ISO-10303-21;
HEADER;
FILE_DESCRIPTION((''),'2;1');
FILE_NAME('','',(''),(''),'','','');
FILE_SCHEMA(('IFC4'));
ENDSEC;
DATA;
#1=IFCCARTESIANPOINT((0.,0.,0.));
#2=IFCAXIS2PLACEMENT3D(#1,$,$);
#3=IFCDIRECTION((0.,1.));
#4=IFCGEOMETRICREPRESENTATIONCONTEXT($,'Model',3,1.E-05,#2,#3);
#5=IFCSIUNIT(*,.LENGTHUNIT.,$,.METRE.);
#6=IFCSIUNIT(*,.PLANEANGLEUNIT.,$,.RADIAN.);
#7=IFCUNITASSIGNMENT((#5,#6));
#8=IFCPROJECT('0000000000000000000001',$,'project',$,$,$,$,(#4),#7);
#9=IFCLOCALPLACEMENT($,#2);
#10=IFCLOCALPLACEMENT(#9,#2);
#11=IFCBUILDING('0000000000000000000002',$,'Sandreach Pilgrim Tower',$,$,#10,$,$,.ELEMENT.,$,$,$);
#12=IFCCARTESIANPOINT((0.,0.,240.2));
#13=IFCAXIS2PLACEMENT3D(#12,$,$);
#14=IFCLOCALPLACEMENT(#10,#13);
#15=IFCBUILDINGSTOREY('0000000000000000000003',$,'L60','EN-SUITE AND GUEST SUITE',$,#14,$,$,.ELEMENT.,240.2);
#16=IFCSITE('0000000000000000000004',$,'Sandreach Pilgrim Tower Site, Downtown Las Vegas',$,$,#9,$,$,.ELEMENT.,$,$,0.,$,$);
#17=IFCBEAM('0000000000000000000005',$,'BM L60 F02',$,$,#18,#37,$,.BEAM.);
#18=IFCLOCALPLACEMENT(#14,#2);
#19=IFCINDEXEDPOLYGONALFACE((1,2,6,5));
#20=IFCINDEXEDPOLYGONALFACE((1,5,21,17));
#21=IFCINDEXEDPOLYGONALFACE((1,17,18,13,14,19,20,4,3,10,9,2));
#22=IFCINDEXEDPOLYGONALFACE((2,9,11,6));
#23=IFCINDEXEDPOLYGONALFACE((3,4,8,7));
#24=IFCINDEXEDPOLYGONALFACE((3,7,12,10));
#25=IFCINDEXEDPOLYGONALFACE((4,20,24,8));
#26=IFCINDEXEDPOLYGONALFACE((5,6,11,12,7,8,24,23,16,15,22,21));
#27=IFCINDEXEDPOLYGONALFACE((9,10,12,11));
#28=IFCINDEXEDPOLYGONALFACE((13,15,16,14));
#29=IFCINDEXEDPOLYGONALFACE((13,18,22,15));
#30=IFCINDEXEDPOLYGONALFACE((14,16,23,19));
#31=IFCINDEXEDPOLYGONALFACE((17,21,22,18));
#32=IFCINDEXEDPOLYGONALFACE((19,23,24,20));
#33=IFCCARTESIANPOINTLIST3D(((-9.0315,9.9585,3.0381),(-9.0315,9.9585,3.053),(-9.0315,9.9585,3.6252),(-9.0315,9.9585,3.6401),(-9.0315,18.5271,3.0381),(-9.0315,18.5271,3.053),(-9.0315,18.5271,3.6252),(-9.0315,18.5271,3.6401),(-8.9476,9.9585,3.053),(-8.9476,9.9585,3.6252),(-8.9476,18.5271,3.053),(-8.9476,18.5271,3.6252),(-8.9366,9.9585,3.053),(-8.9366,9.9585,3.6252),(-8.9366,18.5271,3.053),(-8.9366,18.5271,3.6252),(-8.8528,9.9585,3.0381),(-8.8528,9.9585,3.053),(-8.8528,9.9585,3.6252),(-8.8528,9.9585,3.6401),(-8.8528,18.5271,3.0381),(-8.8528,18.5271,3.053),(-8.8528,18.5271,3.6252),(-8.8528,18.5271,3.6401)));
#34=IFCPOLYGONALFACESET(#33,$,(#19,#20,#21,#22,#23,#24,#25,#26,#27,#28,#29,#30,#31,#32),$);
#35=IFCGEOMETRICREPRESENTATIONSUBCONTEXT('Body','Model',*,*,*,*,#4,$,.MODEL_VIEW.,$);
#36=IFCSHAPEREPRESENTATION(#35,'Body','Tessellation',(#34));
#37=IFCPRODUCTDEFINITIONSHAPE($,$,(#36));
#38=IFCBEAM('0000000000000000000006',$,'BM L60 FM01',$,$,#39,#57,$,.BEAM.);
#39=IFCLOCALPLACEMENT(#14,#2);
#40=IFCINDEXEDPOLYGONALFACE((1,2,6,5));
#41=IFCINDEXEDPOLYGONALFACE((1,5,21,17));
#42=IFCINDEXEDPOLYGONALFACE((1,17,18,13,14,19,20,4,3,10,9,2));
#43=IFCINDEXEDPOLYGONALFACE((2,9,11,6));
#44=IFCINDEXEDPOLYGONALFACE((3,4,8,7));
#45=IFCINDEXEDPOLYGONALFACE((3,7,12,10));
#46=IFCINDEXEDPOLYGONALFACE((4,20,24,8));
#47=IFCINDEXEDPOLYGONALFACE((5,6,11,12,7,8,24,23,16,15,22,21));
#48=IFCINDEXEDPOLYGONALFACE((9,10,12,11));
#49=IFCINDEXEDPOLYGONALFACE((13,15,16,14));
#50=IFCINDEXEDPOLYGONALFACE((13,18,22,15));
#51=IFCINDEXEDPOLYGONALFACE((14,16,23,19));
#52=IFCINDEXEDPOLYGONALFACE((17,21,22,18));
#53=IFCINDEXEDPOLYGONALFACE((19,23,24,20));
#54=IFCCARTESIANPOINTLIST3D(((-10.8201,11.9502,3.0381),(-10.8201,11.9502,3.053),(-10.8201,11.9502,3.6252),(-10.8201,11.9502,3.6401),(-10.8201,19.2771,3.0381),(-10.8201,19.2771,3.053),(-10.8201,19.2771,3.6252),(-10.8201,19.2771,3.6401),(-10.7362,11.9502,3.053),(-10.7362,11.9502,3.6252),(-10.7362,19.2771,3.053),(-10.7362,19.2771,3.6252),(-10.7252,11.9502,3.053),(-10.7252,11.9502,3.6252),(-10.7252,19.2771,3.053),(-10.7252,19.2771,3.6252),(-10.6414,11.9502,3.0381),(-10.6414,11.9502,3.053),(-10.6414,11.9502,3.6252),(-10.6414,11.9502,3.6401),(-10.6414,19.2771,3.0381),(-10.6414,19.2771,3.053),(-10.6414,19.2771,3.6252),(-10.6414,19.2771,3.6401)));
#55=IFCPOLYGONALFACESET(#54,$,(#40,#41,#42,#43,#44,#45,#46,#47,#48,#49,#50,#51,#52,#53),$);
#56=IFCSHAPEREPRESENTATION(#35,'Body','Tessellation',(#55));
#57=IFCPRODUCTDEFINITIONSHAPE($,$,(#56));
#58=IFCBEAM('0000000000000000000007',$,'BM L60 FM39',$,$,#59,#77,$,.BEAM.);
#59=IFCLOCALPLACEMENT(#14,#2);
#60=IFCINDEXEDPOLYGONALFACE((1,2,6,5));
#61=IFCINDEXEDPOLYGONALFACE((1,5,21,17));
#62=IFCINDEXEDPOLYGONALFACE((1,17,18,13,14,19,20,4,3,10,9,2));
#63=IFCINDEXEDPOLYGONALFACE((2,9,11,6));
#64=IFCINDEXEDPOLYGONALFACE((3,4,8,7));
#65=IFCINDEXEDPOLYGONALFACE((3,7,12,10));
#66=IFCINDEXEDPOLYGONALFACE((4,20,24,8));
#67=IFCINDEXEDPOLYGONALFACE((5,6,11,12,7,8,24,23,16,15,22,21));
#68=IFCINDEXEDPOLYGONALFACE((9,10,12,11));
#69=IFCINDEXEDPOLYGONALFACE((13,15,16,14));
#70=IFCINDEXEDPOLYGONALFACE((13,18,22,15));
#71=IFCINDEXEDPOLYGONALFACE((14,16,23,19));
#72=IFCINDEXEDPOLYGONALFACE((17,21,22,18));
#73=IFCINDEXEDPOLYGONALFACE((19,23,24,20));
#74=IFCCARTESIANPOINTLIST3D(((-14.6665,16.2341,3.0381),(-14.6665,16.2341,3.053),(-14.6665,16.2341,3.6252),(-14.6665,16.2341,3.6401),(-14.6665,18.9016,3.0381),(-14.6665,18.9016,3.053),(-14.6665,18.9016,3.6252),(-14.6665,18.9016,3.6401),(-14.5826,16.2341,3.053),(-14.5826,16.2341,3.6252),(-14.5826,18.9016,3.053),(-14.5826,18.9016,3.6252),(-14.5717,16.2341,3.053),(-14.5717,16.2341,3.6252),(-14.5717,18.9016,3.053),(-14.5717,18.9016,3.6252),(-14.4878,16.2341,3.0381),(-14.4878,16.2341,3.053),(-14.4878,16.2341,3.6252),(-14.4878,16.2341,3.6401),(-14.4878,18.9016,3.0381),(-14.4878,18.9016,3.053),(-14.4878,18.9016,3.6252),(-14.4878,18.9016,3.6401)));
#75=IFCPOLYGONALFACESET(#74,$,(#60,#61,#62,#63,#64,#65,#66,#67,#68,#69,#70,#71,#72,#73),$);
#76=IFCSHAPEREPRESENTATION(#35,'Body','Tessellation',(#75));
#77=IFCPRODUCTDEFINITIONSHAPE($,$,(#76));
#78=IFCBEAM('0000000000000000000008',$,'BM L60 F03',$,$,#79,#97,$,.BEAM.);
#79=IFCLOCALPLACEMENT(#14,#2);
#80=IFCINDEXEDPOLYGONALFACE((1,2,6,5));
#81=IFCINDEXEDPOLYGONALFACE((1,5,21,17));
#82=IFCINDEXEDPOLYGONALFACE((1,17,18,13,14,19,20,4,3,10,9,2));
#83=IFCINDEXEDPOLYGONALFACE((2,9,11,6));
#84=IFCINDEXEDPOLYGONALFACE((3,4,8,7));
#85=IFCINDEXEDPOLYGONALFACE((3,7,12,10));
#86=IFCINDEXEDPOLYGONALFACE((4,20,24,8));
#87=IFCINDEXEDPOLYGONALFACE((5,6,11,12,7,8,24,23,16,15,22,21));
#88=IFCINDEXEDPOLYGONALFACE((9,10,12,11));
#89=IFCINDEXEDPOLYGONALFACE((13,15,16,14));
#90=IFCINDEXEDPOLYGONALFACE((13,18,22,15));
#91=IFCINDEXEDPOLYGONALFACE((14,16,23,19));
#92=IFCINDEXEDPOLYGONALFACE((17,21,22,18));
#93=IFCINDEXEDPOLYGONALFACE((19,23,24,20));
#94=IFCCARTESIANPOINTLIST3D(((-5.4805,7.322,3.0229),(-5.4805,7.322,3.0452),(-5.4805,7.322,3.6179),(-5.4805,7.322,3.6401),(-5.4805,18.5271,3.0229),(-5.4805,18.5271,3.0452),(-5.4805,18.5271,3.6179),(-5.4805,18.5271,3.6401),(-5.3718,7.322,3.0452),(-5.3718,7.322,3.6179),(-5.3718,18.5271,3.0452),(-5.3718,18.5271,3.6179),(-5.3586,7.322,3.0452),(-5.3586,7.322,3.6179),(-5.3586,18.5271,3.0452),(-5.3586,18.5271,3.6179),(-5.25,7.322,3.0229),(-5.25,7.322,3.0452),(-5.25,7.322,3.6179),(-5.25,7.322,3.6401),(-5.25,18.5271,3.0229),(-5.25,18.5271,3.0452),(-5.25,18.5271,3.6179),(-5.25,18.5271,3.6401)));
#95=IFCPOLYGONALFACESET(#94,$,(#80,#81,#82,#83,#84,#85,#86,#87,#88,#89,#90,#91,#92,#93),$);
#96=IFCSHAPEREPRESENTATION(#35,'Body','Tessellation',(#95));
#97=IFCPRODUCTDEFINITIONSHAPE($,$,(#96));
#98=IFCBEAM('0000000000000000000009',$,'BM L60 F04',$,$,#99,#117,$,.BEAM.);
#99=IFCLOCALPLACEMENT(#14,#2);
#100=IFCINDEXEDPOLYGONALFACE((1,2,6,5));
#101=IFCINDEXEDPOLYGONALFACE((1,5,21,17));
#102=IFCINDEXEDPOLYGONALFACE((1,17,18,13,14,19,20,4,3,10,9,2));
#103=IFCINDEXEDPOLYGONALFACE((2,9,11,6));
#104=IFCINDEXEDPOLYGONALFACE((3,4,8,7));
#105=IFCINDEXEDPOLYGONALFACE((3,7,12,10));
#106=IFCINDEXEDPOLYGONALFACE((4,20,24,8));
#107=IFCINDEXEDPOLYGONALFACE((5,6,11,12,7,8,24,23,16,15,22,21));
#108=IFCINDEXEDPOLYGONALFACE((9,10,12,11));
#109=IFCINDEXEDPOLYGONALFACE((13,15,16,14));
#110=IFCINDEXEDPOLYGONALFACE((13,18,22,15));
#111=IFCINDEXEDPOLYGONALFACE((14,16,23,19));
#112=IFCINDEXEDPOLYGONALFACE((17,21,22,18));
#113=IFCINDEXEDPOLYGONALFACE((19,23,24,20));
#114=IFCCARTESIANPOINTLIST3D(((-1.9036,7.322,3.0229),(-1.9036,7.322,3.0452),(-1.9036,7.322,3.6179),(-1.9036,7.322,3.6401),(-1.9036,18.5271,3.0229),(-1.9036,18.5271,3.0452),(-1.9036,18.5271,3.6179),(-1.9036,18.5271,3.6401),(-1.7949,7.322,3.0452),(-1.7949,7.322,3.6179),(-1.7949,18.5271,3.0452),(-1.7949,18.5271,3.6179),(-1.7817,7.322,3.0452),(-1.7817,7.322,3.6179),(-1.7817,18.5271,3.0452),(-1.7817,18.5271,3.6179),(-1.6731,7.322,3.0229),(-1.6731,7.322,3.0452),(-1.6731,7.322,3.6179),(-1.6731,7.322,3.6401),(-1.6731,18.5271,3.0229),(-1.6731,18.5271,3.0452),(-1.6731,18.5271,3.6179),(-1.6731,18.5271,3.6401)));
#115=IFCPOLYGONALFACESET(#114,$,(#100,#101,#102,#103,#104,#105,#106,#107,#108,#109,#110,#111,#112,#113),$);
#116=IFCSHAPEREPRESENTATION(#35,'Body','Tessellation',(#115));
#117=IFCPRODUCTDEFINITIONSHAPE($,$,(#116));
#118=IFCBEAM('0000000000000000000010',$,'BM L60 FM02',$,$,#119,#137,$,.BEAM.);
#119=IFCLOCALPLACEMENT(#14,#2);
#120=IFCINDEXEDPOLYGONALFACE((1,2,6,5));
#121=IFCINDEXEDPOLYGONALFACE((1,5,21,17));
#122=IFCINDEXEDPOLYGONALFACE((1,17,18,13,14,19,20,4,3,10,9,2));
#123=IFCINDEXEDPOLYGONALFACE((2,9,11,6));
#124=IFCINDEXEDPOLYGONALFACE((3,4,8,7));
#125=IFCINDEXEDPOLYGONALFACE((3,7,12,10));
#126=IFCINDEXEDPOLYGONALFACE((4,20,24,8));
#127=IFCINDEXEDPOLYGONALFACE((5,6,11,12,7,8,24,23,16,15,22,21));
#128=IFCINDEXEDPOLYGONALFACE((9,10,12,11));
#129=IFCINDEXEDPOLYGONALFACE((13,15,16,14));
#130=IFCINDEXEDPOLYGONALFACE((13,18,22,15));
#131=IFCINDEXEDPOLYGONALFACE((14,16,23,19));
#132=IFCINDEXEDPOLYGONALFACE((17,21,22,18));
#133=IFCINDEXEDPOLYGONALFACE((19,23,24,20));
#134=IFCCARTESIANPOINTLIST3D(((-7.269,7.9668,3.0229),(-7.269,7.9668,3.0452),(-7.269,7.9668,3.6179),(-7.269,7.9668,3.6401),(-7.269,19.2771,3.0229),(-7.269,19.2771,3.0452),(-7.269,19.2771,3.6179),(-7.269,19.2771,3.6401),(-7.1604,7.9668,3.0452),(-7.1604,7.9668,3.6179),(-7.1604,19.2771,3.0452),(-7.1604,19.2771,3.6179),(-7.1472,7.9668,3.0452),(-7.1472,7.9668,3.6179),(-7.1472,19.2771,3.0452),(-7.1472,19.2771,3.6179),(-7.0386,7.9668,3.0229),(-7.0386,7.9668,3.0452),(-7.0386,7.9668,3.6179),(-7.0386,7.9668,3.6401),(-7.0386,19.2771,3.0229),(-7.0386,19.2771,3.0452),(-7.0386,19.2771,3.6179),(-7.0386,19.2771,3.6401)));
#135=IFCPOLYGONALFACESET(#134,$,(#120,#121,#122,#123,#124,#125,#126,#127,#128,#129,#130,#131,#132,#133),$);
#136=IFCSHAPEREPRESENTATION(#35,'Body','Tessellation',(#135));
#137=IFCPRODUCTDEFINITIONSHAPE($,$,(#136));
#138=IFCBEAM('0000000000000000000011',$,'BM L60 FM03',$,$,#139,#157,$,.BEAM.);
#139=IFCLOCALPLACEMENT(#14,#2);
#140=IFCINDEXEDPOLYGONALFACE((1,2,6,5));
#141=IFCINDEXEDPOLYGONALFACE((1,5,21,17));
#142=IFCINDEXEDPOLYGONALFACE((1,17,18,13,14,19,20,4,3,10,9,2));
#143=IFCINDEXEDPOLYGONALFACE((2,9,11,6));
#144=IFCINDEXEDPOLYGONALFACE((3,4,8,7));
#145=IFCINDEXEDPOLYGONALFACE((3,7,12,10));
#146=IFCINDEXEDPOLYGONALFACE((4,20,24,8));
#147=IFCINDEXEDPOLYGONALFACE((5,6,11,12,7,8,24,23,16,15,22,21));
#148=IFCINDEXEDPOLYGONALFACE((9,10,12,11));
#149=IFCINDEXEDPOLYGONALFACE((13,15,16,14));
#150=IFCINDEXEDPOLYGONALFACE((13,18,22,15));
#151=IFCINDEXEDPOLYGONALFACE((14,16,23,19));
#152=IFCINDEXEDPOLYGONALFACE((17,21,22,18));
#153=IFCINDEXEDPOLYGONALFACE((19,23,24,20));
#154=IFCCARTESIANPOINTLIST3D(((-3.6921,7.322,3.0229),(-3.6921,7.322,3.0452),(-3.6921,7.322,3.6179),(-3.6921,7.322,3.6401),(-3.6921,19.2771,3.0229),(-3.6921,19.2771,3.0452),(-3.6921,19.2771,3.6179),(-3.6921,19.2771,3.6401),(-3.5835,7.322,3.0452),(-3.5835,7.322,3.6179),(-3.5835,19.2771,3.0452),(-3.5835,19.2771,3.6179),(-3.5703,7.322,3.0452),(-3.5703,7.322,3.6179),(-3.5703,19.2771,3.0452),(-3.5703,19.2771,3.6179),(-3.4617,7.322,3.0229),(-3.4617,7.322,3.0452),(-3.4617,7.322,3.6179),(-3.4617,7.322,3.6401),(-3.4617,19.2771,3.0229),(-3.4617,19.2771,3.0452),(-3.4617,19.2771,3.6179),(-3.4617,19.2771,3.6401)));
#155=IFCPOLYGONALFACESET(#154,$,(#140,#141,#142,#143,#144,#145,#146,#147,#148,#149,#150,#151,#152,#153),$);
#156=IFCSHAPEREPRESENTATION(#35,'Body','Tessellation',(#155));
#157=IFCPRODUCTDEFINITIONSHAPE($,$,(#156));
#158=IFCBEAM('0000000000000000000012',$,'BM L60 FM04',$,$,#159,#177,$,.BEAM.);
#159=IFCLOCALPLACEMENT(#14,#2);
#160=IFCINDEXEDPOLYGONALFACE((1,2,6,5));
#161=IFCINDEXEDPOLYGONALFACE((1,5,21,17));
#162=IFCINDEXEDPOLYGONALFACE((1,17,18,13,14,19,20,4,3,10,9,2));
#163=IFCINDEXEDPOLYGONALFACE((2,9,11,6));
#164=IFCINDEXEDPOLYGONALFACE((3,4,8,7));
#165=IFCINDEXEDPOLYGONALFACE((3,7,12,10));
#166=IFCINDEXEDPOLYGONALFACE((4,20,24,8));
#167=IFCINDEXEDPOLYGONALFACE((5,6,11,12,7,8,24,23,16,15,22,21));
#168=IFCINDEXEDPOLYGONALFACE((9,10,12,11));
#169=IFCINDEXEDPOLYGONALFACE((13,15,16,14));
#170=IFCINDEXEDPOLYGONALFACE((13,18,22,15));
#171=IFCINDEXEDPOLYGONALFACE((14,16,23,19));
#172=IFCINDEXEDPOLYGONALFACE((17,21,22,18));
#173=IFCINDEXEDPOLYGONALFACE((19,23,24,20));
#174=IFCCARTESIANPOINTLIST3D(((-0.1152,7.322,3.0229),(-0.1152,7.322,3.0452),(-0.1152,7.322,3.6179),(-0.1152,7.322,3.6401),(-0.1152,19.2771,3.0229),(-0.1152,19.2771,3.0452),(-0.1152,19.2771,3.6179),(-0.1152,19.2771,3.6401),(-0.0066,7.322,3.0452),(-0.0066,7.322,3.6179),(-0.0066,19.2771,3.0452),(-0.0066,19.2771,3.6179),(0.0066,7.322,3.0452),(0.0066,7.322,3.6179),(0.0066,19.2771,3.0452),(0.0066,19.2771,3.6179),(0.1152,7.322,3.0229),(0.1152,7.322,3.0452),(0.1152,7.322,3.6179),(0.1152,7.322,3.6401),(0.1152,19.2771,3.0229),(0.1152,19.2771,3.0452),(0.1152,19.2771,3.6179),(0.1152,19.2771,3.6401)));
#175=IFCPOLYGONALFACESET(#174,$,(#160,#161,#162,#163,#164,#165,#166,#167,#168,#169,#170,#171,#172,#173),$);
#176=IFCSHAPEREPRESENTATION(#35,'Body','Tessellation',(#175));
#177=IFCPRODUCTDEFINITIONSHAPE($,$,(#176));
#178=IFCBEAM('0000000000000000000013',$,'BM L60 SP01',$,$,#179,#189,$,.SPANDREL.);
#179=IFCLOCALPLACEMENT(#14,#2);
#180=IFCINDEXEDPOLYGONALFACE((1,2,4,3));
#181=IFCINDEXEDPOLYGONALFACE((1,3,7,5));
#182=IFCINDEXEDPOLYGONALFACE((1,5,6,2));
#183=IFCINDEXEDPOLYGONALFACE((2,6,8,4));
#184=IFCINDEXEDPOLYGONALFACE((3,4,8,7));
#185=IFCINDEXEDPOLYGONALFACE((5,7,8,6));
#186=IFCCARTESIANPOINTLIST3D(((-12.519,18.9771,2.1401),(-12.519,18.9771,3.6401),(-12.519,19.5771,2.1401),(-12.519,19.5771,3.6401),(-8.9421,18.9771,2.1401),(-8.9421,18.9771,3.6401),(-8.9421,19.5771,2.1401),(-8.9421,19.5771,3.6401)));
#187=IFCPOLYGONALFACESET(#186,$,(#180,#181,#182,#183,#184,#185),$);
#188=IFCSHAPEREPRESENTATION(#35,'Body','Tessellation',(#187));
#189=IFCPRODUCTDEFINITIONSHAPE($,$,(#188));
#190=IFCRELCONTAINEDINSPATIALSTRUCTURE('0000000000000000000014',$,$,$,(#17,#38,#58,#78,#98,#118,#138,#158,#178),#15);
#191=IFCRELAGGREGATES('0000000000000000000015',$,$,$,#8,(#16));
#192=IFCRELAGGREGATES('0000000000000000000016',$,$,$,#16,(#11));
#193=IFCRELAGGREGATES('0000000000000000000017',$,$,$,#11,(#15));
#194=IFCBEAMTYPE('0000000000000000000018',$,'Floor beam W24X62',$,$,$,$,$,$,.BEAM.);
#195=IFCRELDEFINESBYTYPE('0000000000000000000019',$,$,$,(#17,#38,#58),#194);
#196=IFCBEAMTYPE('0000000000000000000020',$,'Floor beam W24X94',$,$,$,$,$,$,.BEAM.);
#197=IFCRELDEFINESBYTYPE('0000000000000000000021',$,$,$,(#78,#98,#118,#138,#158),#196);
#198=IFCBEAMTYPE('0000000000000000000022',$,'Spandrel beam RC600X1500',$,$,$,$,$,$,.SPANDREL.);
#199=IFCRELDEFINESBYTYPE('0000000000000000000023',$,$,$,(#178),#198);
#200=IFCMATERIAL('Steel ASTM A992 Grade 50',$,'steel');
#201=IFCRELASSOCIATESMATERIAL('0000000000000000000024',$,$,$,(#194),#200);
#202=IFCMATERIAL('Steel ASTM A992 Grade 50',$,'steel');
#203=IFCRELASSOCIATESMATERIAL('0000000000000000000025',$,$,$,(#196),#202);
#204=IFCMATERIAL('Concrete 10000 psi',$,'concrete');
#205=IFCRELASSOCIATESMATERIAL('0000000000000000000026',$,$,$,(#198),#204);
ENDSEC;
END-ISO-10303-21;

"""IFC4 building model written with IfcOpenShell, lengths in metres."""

from ifc_helpers import new_model, si_unit, direction, frame, origin, origin_2d, place, context, subcontext, project, spatial, rectangle, i_section, extrude, material, material_profile, profile_set, type_object, element, save


model = new_model("IFC4")

# Units and contexts
model_context = context("Model", 3, precision=1e-05, world=origin(), true_north=direction((0.0, 1.0)))
body_context = subcontext(model_context, "Body", "Model", "MODEL_VIEW")
ifc_project = project(units=[si_unit("LENGTHUNIT", "METRE"), si_unit("PLANEANGLEUNIT", "RADIAN")], contexts=[model_context])

# Site, building, storey
site_placement = place(None, origin())
site = spatial("IfcSite", under=ifc_project, at=site_placement, Name="Sandreach Pilgrim Tower Site, Downtown Las Vegas", CompositionType="ELEMENT", RefElevation=0.0)
building_placement = place(site_placement, origin())
building = spatial("IfcBuilding", under=site, at=building_placement, Name="Sandreach Pilgrim Tower", CompositionType="ELEMENT")
storey_placement = place(building_placement, frame((0.0, 0.0, 240.2)))
storey = spatial("IfcBuildingStorey", under=building, at=storey_placement, Name="L60", Description="EN-SUITE AND GUEST SUITE", CompositionType="ELEMENT", Elevation=240.2)

# Beams
ifc_material_1 = material(Name="Steel ASTM A992 Grade 50", Category="steel")
ifc_material_profile_1 = material_profile(ifc_material_1, i_section(OverallWidth=0.1787, OverallDepth=0.6021, WebThickness=0.011, FlangeThickness=0.0149, at=origin_2d()), Name="W24X62")
ifc_profile_set_1 = profile_set([ifc_material_profile_1], Name="Steel ASTM A992 Grade 50")
beam_type_1 = type_object("IfcBeamType", Name="Floor beam W24X62", PredefinedType="BEAM", material=ifc_profile_set_1)
beam_1_placement = place(storey_placement, frame((-8.9421, 18.5271, 3.3391), z_axis=(0.0, -1.0, 0.0), x_axis=(1.0, 0.0, 0.0)))
element("IfcBeam", 1, at=beam_1_placement, inside=storey, type_object=beam_type_1, Name="BM L60 F02", PredefinedType="BEAM", context=body_context, shape_type="SweptSolid", body=[
    extrude(i_section(OverallWidth=0.1787, OverallDepth=0.6021, WebThickness=0.011, FlangeThickness=0.0149, at=origin_2d()), origin(), (0.0, 0.0, 1.0), 8.5686),
])
beam_2_placement = place(storey_placement, frame((-10.7307, 19.2771, 3.3391), z_axis=(0.0, -1.0, 0.0), x_axis=(1.0, 0.0, 0.0)))
element("IfcBeam", 2, at=beam_2_placement, inside=storey, type_object=beam_type_1, Name="BM L60 FM01", PredefinedType="BEAM", context=body_context, shape_type="SweptSolid", body=[
    extrude(i_section(OverallWidth=0.1787, OverallDepth=0.6021, WebThickness=0.011, FlangeThickness=0.0149, at=origin_2d()), origin(), (0.0, 0.0, 1.0), 7.3269),
])
beam_3_placement = place(storey_placement, frame((-14.5771, 18.9016, 3.3391), z_axis=(0.0, -1.0, 0.0), x_axis=(1.0, 0.0, 0.0)))
element("IfcBeam", 3, at=beam_3_placement, inside=storey, type_object=beam_type_1, Name="BM L60 FM39", PredefinedType="BEAM", context=body_context, shape_type="SweptSolid", body=[
    extrude(i_section(OverallWidth=0.1787, OverallDepth=0.6021, WebThickness=0.011, FlangeThickness=0.0149, at=origin_2d()), origin(), (0.0, 0.0, 1.0), 2.6675),
])
ifc_material_2 = material(Name="Steel ASTM A992 Grade 50", Category="steel")
ifc_material_profile_2 = material_profile(ifc_material_2, i_section(OverallWidth=0.2305, OverallDepth=0.6172, WebThickness=0.0132, FlangeThickness=0.0222, at=origin_2d()), Name="W24X94")
ifc_profile_set_2 = profile_set([ifc_material_profile_2], Name="Steel ASTM A992 Grade 50")
beam_type_2 = type_object("IfcBeamType", Name="Floor beam W24X94", PredefinedType="BEAM", material=ifc_profile_set_2)
for number, where, z_axis, x_axis, name in (
    (4, (-5.3652, 18.5271, 3.3315), (0.0, -1.0, 0.0), (1.0, 0.0, 0.0), "BM L60 F03"),
    (5, (-1.7883, 18.5271, 3.3315), (0.0, -1.0, 0.0), (1.0, 0.0, 0.0), "BM L60 F04"),
):
    element("IfcBeam", number, at=place(storey_placement, frame(where, z_axis=z_axis, x_axis=x_axis)), inside=storey, type_object=beam_type_2, Name=name, PredefinedType="BEAM", context=body_context, shape_type="SweptSolid", body=[
        extrude(i_section(OverallWidth=0.2305, OverallDepth=0.6172, WebThickness=0.0132, FlangeThickness=0.0222, at=origin_2d()), origin(), (0.0, 0.0, 1.0), 11.2051),
    ])
beam_4_placement = place(storey_placement, frame((-7.1538, 19.2771, 3.3315), z_axis=(0.0, -1.0, 0.0), x_axis=(1.0, 0.0, 0.0)))
element("IfcBeam", 6, at=beam_4_placement, inside=storey, type_object=beam_type_2, Name="BM L60 FM02", PredefinedType="BEAM", context=body_context, shape_type="SweptSolid", body=[
    extrude(i_section(OverallWidth=0.2305, OverallDepth=0.6172, WebThickness=0.0132, FlangeThickness=0.0222, at=origin_2d()), origin(), (0.0, 0.0, 1.0), 11.3103),
])
for number, where, z_axis, x_axis, name in (
    (7, (-3.5769, 19.2771, 3.3315), (0.0, -1.0, 0.0), (1.0, 0.0, 0.0), "BM L60 FM03"),
    (8, (0.0, 19.2771, 3.3315), (0.0, -1.0, 0.0), (1.0, 0.0, 0.0), "BM L60 FM04"),
):
    element("IfcBeam", number, at=place(storey_placement, frame(where, z_axis=z_axis, x_axis=x_axis)), inside=storey, type_object=beam_type_2, Name=name, PredefinedType="BEAM", context=body_context, shape_type="SweptSolid", body=[
        extrude(i_section(OverallWidth=0.2305, OverallDepth=0.6172, WebThickness=0.0132, FlangeThickness=0.0222, at=origin_2d()), origin(), (0.0, 0.0, 1.0), 11.9551),
    ])
ifc_material_3 = material(Name="Concrete 10000 psi", Category="concrete")
ifc_material_profile_3 = material_profile(ifc_material_3, rectangle(XDim=0.6001, YDim=1.5, at=origin_2d()), Name="RC600X1500")
ifc_profile_set_3 = profile_set([ifc_material_profile_3], Name="Concrete 10000 psi")
beam_type_3 = type_object("IfcBeamType", Name="Spandrel beam RC600X1500", PredefinedType="SPANDREL", material=ifc_profile_set_3)
for number, where, z_axis, x_axis, name in (
    (9, (-12.519, 19.2771, 2.8901), (1.0, 0.0, 0.0), (0.0, 1.0, 0.0), "BM L60 SP01"),
):
    element("IfcBeam", number, at=place(storey_placement, frame(where, z_axis=z_axis, x_axis=x_axis)), inside=storey, type_object=beam_type_3, Name=name, PredefinedType="SPANDREL", context=body_context, shape_type="SweptSolid", body=[
        extrude(rectangle(XDim=0.6001, YDim=1.5, at=origin_2d()), origin(), (0.0, 0.0, 1.0), 3.5769),
    ])

save(model, "model.ifc")
